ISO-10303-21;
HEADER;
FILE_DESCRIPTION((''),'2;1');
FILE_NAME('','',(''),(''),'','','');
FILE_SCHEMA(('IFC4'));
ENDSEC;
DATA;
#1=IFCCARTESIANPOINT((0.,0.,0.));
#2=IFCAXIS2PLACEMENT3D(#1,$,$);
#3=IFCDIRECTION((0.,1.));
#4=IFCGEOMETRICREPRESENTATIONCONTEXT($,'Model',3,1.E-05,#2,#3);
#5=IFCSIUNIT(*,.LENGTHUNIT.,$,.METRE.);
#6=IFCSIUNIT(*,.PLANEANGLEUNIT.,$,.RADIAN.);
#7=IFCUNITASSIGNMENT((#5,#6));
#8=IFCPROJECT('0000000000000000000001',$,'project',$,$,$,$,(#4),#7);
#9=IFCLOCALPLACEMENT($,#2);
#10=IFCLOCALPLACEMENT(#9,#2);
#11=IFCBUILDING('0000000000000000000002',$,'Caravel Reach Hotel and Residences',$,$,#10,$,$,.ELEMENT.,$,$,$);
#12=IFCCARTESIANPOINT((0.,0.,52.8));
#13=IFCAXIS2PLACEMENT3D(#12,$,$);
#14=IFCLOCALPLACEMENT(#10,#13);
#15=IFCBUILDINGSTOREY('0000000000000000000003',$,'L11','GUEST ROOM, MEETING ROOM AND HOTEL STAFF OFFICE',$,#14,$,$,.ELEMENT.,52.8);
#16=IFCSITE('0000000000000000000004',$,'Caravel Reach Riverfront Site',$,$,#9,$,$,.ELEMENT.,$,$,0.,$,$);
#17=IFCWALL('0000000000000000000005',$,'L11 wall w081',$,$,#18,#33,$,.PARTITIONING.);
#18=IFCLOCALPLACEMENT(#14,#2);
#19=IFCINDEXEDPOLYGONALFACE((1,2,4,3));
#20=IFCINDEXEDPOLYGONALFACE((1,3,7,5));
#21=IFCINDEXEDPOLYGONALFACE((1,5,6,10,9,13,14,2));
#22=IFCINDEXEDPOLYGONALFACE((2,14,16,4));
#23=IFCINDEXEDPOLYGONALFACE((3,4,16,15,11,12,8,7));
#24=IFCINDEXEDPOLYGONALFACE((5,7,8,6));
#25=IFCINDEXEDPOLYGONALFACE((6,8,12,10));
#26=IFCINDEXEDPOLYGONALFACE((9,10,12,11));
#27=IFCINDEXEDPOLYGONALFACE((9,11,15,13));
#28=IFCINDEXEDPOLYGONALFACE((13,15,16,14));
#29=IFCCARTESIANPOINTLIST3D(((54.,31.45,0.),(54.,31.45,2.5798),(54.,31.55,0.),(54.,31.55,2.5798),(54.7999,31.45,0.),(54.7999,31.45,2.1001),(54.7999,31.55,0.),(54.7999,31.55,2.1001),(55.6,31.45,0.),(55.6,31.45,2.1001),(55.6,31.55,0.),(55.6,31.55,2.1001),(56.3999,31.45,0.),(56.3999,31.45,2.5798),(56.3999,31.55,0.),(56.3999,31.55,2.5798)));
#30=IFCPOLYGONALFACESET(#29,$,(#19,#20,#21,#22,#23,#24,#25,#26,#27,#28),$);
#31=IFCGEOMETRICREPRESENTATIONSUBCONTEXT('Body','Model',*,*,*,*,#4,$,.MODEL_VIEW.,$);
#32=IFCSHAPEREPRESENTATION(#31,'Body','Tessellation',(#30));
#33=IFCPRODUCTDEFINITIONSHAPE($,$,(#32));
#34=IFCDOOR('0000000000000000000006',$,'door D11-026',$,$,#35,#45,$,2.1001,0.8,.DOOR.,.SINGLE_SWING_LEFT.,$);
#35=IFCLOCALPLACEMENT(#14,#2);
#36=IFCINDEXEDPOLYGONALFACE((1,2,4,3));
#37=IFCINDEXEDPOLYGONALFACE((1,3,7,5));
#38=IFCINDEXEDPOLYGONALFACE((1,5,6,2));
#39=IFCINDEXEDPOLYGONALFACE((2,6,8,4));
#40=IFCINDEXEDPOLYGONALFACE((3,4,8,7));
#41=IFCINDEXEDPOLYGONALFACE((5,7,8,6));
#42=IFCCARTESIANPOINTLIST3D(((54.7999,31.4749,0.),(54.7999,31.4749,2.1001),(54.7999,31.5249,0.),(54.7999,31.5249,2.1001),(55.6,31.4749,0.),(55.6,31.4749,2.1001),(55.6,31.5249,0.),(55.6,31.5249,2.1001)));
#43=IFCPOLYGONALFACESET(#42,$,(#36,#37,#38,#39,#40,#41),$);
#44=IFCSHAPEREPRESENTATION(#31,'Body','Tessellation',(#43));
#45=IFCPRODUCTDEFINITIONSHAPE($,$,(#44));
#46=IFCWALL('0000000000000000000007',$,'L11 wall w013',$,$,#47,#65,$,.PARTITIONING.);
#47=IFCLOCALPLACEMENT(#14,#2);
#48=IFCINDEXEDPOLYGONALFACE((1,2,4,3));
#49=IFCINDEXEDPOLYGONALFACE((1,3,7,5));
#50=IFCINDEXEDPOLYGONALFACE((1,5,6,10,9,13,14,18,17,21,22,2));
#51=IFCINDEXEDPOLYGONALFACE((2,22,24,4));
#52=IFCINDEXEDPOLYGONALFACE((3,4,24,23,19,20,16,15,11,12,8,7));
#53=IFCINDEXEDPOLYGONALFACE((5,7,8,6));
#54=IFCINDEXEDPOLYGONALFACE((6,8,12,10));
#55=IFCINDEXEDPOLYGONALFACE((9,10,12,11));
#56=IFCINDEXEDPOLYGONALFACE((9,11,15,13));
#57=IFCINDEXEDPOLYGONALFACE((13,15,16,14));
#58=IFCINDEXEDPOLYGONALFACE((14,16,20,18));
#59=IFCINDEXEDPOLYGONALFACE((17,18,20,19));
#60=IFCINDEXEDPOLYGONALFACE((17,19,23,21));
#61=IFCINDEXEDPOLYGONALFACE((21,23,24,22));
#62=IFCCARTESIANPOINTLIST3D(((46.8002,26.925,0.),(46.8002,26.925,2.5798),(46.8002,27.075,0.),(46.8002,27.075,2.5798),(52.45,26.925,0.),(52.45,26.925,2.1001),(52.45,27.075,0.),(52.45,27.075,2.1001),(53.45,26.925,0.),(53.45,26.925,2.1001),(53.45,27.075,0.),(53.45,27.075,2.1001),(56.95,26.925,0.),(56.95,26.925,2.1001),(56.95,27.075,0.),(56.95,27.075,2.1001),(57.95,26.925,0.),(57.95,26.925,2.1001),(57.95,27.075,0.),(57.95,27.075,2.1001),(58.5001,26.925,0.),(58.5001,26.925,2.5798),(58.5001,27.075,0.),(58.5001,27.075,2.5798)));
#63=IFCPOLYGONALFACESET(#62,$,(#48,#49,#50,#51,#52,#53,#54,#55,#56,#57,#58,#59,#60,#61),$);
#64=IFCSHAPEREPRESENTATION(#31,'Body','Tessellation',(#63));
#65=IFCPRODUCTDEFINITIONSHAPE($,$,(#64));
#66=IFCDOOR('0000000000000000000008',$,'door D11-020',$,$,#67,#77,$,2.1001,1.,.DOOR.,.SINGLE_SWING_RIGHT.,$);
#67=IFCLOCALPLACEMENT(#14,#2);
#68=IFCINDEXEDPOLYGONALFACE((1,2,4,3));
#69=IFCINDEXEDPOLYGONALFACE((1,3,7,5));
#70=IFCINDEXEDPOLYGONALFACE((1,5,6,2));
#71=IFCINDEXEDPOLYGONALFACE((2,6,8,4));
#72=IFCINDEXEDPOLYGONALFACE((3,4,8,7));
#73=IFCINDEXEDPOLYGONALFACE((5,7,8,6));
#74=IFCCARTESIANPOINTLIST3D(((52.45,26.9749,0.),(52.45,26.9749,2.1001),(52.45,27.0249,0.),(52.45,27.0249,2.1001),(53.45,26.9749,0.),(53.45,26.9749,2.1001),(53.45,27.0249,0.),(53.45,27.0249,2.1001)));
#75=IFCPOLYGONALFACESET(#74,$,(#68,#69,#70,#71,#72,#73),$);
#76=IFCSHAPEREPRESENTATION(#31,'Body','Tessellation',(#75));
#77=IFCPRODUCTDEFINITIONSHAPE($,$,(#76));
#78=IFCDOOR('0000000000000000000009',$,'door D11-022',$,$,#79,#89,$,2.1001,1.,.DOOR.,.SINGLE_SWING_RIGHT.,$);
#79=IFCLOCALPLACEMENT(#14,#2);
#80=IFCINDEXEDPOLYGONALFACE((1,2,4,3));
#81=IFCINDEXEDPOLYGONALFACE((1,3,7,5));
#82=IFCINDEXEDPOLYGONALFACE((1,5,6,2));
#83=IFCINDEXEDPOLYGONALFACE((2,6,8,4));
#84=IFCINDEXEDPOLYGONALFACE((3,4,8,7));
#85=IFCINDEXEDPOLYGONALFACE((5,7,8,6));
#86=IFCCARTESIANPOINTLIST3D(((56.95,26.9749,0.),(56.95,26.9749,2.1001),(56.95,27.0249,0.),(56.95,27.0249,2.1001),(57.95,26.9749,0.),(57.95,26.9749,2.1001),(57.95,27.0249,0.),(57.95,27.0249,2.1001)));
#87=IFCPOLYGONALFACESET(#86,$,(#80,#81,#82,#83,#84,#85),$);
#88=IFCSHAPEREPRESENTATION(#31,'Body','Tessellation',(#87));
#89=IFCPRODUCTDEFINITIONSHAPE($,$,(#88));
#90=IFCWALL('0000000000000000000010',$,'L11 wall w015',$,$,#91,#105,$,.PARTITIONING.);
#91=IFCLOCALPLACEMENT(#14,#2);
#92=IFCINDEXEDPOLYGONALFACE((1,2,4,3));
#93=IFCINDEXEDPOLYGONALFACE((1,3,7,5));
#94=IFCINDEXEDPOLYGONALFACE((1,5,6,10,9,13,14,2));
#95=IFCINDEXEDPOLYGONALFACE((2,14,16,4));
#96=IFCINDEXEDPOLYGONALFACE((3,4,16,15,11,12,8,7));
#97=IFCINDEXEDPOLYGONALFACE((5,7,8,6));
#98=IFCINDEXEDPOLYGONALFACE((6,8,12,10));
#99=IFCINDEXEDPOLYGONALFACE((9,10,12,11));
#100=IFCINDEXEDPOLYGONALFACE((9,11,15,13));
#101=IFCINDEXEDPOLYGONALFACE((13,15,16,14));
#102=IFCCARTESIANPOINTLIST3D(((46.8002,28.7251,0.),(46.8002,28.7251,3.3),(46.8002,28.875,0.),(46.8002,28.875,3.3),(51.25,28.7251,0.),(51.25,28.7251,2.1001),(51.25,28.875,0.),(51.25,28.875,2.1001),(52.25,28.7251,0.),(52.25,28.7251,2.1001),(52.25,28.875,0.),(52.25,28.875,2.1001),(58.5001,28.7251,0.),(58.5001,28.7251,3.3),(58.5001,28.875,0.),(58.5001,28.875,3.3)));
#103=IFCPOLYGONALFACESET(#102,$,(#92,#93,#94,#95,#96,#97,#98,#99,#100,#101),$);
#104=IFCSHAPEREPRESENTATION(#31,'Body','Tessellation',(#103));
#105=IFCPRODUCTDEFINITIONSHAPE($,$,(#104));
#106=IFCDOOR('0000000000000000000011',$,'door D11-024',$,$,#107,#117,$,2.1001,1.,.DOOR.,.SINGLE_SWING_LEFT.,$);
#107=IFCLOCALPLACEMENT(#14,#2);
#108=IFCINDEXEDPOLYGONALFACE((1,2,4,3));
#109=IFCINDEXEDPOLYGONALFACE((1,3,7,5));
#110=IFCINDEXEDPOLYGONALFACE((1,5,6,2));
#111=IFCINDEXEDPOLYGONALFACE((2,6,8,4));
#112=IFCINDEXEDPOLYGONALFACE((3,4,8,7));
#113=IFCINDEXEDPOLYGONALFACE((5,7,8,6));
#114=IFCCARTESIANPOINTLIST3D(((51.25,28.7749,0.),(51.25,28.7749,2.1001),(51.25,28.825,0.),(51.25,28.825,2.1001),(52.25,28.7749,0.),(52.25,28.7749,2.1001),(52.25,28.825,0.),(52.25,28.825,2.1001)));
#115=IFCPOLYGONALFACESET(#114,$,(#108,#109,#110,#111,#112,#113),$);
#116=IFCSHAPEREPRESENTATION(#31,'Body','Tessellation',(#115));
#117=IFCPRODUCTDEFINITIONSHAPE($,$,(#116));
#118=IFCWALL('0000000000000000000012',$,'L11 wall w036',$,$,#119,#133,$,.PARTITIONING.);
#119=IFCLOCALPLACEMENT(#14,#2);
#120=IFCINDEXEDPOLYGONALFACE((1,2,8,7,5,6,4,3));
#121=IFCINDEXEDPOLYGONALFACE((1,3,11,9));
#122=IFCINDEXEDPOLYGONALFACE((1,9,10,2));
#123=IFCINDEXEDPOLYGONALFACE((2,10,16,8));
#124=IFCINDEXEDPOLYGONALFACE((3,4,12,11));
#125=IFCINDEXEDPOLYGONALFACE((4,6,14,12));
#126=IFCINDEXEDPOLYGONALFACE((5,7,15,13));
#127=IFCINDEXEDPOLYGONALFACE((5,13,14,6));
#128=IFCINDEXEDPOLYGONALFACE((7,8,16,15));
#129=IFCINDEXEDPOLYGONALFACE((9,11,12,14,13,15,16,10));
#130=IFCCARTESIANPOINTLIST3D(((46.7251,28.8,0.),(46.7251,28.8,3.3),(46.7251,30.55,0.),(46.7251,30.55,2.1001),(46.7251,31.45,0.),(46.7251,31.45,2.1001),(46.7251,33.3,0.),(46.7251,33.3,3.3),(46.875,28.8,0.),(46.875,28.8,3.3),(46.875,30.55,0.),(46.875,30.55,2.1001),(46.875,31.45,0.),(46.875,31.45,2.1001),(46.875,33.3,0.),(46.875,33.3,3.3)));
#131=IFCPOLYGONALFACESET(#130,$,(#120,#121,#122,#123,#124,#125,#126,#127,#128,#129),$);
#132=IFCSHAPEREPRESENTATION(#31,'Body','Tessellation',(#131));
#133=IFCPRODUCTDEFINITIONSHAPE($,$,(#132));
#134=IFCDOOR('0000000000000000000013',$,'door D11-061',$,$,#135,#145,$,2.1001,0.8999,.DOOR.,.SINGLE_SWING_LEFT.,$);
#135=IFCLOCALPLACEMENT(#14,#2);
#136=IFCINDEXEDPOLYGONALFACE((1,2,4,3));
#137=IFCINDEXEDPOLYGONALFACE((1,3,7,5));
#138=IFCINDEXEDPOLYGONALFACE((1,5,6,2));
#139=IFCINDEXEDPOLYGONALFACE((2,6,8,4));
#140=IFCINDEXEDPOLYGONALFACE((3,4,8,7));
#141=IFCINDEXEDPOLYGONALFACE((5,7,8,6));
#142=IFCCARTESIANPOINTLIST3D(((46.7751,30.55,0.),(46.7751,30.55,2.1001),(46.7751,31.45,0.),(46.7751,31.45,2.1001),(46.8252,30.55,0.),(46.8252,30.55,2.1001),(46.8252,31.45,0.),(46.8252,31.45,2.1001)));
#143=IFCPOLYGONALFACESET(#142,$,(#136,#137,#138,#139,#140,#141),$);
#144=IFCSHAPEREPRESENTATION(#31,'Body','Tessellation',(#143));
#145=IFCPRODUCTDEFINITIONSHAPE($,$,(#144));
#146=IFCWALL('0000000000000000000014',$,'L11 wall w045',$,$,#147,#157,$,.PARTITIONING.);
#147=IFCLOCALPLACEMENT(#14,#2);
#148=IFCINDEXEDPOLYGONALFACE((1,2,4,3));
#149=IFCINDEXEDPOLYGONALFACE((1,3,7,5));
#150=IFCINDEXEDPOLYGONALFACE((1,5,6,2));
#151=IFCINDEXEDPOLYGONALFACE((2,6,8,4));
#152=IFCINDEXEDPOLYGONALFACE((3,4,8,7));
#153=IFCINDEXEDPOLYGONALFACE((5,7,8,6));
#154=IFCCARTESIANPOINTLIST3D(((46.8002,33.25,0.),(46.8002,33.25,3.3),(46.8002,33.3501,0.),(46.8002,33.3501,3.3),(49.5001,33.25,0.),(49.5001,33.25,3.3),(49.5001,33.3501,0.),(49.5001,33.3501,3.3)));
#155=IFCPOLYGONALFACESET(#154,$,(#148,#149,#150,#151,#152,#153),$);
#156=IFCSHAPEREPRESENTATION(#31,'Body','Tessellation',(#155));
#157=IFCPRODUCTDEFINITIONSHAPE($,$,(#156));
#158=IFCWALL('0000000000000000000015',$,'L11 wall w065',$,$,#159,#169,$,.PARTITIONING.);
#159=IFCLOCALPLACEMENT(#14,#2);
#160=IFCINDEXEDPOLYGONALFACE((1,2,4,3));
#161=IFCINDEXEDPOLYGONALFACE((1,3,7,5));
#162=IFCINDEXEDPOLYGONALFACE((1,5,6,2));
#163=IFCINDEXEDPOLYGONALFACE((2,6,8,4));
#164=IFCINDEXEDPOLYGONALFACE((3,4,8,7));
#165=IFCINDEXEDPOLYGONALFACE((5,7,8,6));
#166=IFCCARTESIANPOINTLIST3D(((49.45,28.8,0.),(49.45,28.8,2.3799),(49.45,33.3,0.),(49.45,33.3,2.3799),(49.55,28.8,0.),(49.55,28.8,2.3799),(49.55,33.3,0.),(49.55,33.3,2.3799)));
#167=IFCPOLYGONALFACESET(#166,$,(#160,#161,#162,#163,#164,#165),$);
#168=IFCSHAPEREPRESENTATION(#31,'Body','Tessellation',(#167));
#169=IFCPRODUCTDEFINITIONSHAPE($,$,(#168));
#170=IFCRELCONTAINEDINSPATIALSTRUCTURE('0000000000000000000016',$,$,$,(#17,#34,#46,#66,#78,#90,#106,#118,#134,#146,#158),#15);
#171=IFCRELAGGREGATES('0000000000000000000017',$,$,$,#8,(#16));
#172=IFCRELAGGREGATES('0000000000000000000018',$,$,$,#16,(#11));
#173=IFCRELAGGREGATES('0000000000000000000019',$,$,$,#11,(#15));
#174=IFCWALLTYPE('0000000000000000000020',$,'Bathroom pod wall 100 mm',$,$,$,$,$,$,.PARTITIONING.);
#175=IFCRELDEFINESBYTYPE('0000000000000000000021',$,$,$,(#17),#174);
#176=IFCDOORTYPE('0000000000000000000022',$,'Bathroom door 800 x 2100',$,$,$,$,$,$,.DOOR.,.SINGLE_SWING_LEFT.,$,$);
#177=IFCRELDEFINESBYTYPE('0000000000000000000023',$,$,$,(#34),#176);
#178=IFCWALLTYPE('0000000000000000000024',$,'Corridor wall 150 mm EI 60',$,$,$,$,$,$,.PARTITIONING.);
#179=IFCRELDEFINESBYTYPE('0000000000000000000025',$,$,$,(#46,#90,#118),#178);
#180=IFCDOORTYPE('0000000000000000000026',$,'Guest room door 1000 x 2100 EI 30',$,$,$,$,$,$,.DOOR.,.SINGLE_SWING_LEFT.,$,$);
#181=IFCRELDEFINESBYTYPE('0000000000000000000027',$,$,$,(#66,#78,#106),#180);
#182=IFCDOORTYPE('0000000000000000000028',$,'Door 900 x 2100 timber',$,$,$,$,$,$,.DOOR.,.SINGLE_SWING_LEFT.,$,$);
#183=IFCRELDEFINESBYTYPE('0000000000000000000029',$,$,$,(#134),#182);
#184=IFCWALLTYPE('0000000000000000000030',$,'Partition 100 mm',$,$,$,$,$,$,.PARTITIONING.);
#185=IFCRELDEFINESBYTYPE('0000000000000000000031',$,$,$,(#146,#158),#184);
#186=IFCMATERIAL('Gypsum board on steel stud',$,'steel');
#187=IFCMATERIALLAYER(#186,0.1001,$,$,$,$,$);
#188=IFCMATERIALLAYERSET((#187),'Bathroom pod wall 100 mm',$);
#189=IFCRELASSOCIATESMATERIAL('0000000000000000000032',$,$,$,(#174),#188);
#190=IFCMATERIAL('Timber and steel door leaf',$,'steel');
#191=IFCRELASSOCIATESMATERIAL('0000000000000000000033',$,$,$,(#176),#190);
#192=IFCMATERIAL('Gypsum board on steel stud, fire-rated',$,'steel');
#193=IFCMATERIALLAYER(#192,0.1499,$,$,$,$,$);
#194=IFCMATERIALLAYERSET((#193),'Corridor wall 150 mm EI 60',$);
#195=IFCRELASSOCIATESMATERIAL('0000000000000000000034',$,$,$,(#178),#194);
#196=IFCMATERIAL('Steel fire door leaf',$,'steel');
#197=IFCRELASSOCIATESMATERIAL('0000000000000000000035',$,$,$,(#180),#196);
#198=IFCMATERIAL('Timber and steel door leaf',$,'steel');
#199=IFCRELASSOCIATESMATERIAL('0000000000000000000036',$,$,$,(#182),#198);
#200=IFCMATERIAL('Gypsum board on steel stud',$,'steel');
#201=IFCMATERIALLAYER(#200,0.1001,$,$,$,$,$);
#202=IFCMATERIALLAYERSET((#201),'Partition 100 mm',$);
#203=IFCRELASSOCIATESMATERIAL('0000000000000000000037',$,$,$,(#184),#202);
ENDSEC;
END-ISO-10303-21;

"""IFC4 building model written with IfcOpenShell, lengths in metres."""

from ifc_helpers import new_model, si_unit, direction, frame, frame_2d, origin, place, context, subcontext, project, spatial, rectangle, extrude, material, layer, layer_set, type_object, element, fill, save


model = new_model("IFC4")

# Units and contexts
model_context = context("Model", 3, precision=1e-05, world=origin(), true_north=direction((0.0, 1.0)))
body_context = subcontext(model_context, "Body", "Model", "MODEL_VIEW")
ifc_project = project(units=[si_unit("LENGTHUNIT", "METRE"), si_unit("PLANEANGLEUNIT", "RADIAN")], contexts=[model_context])

# Site, building, storey
site_placement = place(None, origin())
site = spatial("IfcSite", under=ifc_project, at=site_placement, Name="Caravel Reach Riverfront Site", CompositionType="ELEMENT", RefElevation=0.0)
building_placement = place(site_placement, origin())
building = spatial("IfcBuilding", under=site, at=building_placement, Name="Caravel Reach Hotel and Residences", CompositionType="ELEMENT")
storey_placement = place(building_placement, frame((0.0, 0.0, 52.8)))
storey = spatial("IfcBuildingStorey", under=building, at=storey_placement, Name="L11", Description="GUEST ROOM, MEETING ROOM AND HOTEL STAFF OFFICE", CompositionType="ELEMENT", Elevation=52.8)

# Wall, opening, door
ifc_material_1 = material(Name="Gypsum board on steel stud", Category="steel")
ifc_layer_1 = layer(ifc_material_1, 0.1001)
ifc_layer_set_1 = layer_set([ifc_layer_1], Name="Bathroom pod wall 100 mm")
wall_type_1 = type_object("IfcWallType", Name="Bathroom pod wall 100 mm", PredefinedType="PARTITIONING", material=ifc_layer_set_1)
wall_1_placement = place(storey_placement, frame((54.0, 31.5, 0.0), z_axis=(0.0, 0.0, 1.0), x_axis=(1.0, 0.0, 0.0)))
wall_1 = element("IfcWall", 1, at=wall_1_placement, inside=storey, type_object=wall_type_1, Name="L11 wall w081", PredefinedType="PARTITIONING", context=body_context, shape_type="SweptSolid", body=[
    extrude(rectangle(XDim=2.3999, YDim=0.1001, at=frame_2d((1.2, 0.0))), origin(), (0.0, 0.0, 1.0), 2.5798),
])
opening_1_placement = place(wall_1_placement, frame((0.8, 0.0, 0.0)))
opening_1 = element("IfcOpeningElement", 2, at=opening_1_placement, cuts=wall_1, PredefinedType="OPENING", context=body_context, shape_type="SweptSolid", body=[
    extrude(rectangle(XDim=0.8, YDim=2.1001, at=frame_2d((0.3999, 1.05))), frame((0.0, 0.0601, 0.0), z_axis=(0.0, -1.0, 0.0), x_axis=(1.0, 0.0, 0.0)), (0.0, 0.0, 1.0), 0.1201),
])
ifc_material_2 = material(Name="Timber and steel door leaf", Category="steel")
door_type_1 = type_object("IfcDoorType", Name="Bathroom door 800 x 2100", OperationType="SINGLE_SWING_LEFT", PredefinedType="DOOR", material=ifc_material_2)
door_1_placement = place(opening_1_placement, origin())
door_1 = element("IfcDoor", 3, at=door_1_placement, inside=storey, type_object=door_type_1, Name="door D11-026", OperationType="SINGLE_SWING_LEFT", OverallHeight=2.1001, OverallWidth=0.8, PredefinedType="DOOR", context=body_context, shape_type="SweptSolid", body=[
    extrude(rectangle(XDim=0.8, YDim=2.1001, at=frame_2d((0.3999, 1.05))), frame((0.0, 0.0249, 0.0), z_axis=(0.0, -1.0, 0.0), x_axis=(1.0, 0.0, 0.0)), (0.0, 0.0, 1.0), 0.05),
])
fill(opening_1, door_1)

# Wall, openings, doors
ifc_material_3 = material(Name="Gypsum board on steel stud, fire-rated", Category="steel")
ifc_layer_2 = layer(ifc_material_3, 0.1499)
ifc_layer_set_2 = layer_set([ifc_layer_2], Name="Corridor wall 150 mm EI 60")
wall_type_2 = type_object("IfcWallType", Name="Corridor wall 150 mm EI 60", PredefinedType="PARTITIONING", material=ifc_layer_set_2)
wall_2_placement = place(storey_placement, frame((46.8, 27.0, 0.0), z_axis=(0.0, 0.0, 1.0), x_axis=(1.0, 0.0, 0.0)))
wall_2 = element("IfcWall", 4, at=wall_2_placement, inside=storey, type_object=wall_type_2, Name="L11 wall w013", PredefinedType="PARTITIONING", context=body_context, shape_type="SweptSolid", body=[
    extrude(rectangle(XDim=11.7, YDim=0.1499, at=frame_2d((5.8501, 0.0))), origin(), (0.0, 0.0, 1.0), 2.5798),
])
opening_2_placement = place(wall_2_placement, frame((5.6499, 0.0, 0.0)))
opening_2 = element("IfcOpeningElement", 5, at=opening_2_placement, cuts=wall_2, PredefinedType="OPENING", context=body_context, shape_type="SweptSolid", body=[
    extrude(rectangle(XDim=1.0, YDim=2.1001, at=frame_2d((0.5, 1.05))), frame((0.0, 0.085, 0.0), z_axis=(0.0, -1.0, 0.0), x_axis=(1.0, 0.0, 0.0)), (0.0, 0.0, 1.0), 0.1699),
])
opening_3_placement = place(wall_2_placement, frame((10.1499, 0.0, 0.0)))
opening_3 = element("IfcOpeningElement", 6, at=opening_3_placement, cuts=wall_2, PredefinedType="OPENING", context=body_context, shape_type="SweptSolid", body=[
    extrude(rectangle(XDim=1.0, YDim=2.1001, at=frame_2d((0.5, 1.05))), frame((0.0, 0.085, 0.0), z_axis=(0.0, -1.0, 0.0), x_axis=(1.0, 0.0, 0.0)), (0.0, 0.0, 1.0), 0.1699),
])
ifc_material_4 = material(Name="Steel fire door leaf", Category="steel")
door_type_2 = type_object("IfcDoorType", Name="Guest room door 1000 x 2100 EI 30", OperationType="SINGLE_SWING_LEFT", PredefinedType="DOOR", material=ifc_material_4)
door_2_placement = place(opening_2_placement, origin())
door_2 = element("IfcDoor", 7, at=door_2_placement, inside=storey, type_object=door_type_2, Name="door D11-020", OperationType="SINGLE_SWING_RIGHT", OverallHeight=2.1001, OverallWidth=1.0, PredefinedType="DOOR", context=body_context, shape_type="SweptSolid", body=[
    extrude(rectangle(XDim=1.0, YDim=2.1001, at=frame_2d((0.5, 1.05))), frame((0.0, 0.0249, 0.0), z_axis=(0.0, -1.0, 0.0), x_axis=(1.0, 0.0, 0.0)), (0.0, 0.0, 1.0), 0.05),
])
fill(opening_2, door_2)
door_3_placement = place(opening_3_placement, origin())
door_3 = element("IfcDoor", 8, at=door_3_placement, inside=storey, type_object=door_type_2, Name="door D11-022", OperationType="SINGLE_SWING_RIGHT", OverallHeight=2.1001, OverallWidth=1.0, PredefinedType="DOOR", context=body_context, shape_type="SweptSolid", body=[
    extrude(rectangle(XDim=1.0, YDim=2.1001, at=frame_2d((0.5, 1.05))), frame((0.0, 0.0249, 0.0), z_axis=(0.0, -1.0, 0.0), x_axis=(1.0, 0.0, 0.0)), (0.0, 0.0, 1.0), 0.05),
])
fill(opening_3, door_3)

# Walls, openings, doors
wall_3_placement = place(storey_placement, frame((46.8, 28.8, 0.0), z_axis=(0.0, 0.0, 1.0), x_axis=(1.0, 0.0, 0.0)))
wall_3 = element("IfcWall", 9, at=wall_3_placement, inside=storey, type_object=wall_type_2, Name="L11 wall w015", PredefinedType="PARTITIONING", context=body_context, shape_type="SweptSolid", body=[
    extrude(rectangle(XDim=11.7, YDim=0.1499, at=frame_2d((5.8501, 0.0))), origin(), (0.0, 0.0, 1.0), 3.3),
])
opening_4_placement = place(wall_3_placement, frame((4.45, 0.0, 0.0)))
opening_4 = element("IfcOpeningElement", 10, at=opening_4_placement, cuts=wall_3, PredefinedType="OPENING", context=body_context, shape_type="SweptSolid", body=[
    extrude(rectangle(XDim=1.0, YDim=2.1001, at=frame_2d((0.5, 1.05))), frame((0.0, 0.085, 0.0), z_axis=(0.0, -1.0, 0.0), x_axis=(1.0, 0.0, 0.0)), (0.0, 0.0, 1.0), 0.1699),
])
door_4_placement = place(opening_4_placement, origin())
door_4 = element("IfcDoor", 11, at=door_4_placement, inside=storey, type_object=door_type_2, Name="door D11-024", OperationType="SINGLE_SWING_LEFT", OverallHeight=2.1001, OverallWidth=1.0, PredefinedType="DOOR", context=body_context, shape_type="SweptSolid", body=[
    extrude(rectangle(XDim=1.0, YDim=2.1001, at=frame_2d((0.5, 1.05))), frame((0.0, 0.0249, 0.0), z_axis=(0.0, -1.0, 0.0), x_axis=(1.0, 0.0, 0.0)), (0.0, 0.0, 1.0), 0.05),
])
fill(opening_4, door_4)
wall_4_placement = place(storey_placement, frame((46.8, 28.8, 0.0), z_axis=(0.0, 0.0, 1.0), x_axis=(0.0, 1.0, 0.0)))
wall_4 = element("IfcWall", 12, at=wall_4_placement, inside=storey, type_object=wall_type_2, Name="L11 wall w036", PredefinedType="PARTITIONING", context=body_context, shape_type="SweptSolid", body=[
    extrude(rectangle(XDim=4.5, YDim=0.1499, at=frame_2d((2.25, 0.0))), origin(), (0.0, 0.0, 1.0), 3.3),
])
opening_5_placement = place(wall_4_placement, frame((1.75, 0.0, 0.0)))
opening_5 = element("IfcOpeningElement", 13, at=opening_5_placement, cuts=wall_4, PredefinedType="OPENING", context=body_context, shape_type="SweptSolid", body=[
    extrude(rectangle(XDim=0.8999, YDim=2.1001, at=frame_2d((0.45, 1.05))), frame((0.0, 0.085, 0.0), z_axis=(0.0, -1.0, 0.0), x_axis=(1.0, 0.0, 0.0)), (0.0, 0.0, 1.0), 0.1699),
])
ifc_material_5 = material(Name="Timber and steel door leaf", Category="steel")
door_type_3 = type_object("IfcDoorType", Name="Door 900 x 2100 timber", OperationType="SINGLE_SWING_LEFT", PredefinedType="DOOR", material=ifc_material_5)
door_5_placement = place(opening_5_placement, origin())
door_5 = element("IfcDoor", 14, at=door_5_placement, inside=storey, type_object=door_type_3, Name="door D11-061", OperationType="SINGLE_SWING_LEFT", OverallHeight=2.1001, OverallWidth=0.8999, PredefinedType="DOOR", context=body_context, shape_type="SweptSolid", body=[
    extrude(rectangle(XDim=0.8999, YDim=2.1001, at=frame_2d((0.45, 1.05))), frame((0.0, 0.0249, 0.0), z_axis=(0.0, -1.0, 0.0), x_axis=(1.0, 0.0, 0.0)), (0.0, 0.0, 1.0), 0.05),
])
fill(opening_5, door_5)

# Walls
ifc_material_6 = material(Name="Gypsum board on steel stud", Category="steel")
ifc_layer_3 = layer(ifc_material_6, 0.1001)
ifc_layer_set_3 = layer_set([ifc_layer_3], Name="Partition 100 mm")
wall_type_3 = type_object("IfcWallType", Name="Partition 100 mm", PredefinedType="PARTITIONING", material=ifc_layer_set_3)
wall_5_placement = place(storey_placement, frame((46.8, 33.3, 0.0), z_axis=(0.0, 0.0, 1.0), x_axis=(1.0, 0.0, 0.0)))
element("IfcWall", 15, at=wall_5_placement, inside=storey, type_object=wall_type_3, Name="L11 wall w045", PredefinedType="PARTITIONING", context=body_context, shape_type="SweptSolid", body=[
    extrude(rectangle(XDim=2.7, YDim=0.1001, at=frame_2d((1.3501, 0.0))), origin(), (0.0, 0.0, 1.0), 3.3),
])
wall_6_placement = place(storey_placement, frame((49.5, 28.8, 0.0), z_axis=(0.0, 0.0, 1.0), x_axis=(0.0, 1.0, 0.0)))
element("IfcWall", 16, at=wall_6_placement, inside=storey, type_object=wall_type_3, Name="L11 wall w065", PredefinedType="PARTITIONING", context=body_context, shape_type="SweptSolid", body=[
    extrude(rectangle(XDim=4.5, YDim=0.1001, at=frame_2d((2.25, 0.0))), origin(), (0.0, 0.0, 1.0), 2.3799),
])

save(model, "model.ifc")
